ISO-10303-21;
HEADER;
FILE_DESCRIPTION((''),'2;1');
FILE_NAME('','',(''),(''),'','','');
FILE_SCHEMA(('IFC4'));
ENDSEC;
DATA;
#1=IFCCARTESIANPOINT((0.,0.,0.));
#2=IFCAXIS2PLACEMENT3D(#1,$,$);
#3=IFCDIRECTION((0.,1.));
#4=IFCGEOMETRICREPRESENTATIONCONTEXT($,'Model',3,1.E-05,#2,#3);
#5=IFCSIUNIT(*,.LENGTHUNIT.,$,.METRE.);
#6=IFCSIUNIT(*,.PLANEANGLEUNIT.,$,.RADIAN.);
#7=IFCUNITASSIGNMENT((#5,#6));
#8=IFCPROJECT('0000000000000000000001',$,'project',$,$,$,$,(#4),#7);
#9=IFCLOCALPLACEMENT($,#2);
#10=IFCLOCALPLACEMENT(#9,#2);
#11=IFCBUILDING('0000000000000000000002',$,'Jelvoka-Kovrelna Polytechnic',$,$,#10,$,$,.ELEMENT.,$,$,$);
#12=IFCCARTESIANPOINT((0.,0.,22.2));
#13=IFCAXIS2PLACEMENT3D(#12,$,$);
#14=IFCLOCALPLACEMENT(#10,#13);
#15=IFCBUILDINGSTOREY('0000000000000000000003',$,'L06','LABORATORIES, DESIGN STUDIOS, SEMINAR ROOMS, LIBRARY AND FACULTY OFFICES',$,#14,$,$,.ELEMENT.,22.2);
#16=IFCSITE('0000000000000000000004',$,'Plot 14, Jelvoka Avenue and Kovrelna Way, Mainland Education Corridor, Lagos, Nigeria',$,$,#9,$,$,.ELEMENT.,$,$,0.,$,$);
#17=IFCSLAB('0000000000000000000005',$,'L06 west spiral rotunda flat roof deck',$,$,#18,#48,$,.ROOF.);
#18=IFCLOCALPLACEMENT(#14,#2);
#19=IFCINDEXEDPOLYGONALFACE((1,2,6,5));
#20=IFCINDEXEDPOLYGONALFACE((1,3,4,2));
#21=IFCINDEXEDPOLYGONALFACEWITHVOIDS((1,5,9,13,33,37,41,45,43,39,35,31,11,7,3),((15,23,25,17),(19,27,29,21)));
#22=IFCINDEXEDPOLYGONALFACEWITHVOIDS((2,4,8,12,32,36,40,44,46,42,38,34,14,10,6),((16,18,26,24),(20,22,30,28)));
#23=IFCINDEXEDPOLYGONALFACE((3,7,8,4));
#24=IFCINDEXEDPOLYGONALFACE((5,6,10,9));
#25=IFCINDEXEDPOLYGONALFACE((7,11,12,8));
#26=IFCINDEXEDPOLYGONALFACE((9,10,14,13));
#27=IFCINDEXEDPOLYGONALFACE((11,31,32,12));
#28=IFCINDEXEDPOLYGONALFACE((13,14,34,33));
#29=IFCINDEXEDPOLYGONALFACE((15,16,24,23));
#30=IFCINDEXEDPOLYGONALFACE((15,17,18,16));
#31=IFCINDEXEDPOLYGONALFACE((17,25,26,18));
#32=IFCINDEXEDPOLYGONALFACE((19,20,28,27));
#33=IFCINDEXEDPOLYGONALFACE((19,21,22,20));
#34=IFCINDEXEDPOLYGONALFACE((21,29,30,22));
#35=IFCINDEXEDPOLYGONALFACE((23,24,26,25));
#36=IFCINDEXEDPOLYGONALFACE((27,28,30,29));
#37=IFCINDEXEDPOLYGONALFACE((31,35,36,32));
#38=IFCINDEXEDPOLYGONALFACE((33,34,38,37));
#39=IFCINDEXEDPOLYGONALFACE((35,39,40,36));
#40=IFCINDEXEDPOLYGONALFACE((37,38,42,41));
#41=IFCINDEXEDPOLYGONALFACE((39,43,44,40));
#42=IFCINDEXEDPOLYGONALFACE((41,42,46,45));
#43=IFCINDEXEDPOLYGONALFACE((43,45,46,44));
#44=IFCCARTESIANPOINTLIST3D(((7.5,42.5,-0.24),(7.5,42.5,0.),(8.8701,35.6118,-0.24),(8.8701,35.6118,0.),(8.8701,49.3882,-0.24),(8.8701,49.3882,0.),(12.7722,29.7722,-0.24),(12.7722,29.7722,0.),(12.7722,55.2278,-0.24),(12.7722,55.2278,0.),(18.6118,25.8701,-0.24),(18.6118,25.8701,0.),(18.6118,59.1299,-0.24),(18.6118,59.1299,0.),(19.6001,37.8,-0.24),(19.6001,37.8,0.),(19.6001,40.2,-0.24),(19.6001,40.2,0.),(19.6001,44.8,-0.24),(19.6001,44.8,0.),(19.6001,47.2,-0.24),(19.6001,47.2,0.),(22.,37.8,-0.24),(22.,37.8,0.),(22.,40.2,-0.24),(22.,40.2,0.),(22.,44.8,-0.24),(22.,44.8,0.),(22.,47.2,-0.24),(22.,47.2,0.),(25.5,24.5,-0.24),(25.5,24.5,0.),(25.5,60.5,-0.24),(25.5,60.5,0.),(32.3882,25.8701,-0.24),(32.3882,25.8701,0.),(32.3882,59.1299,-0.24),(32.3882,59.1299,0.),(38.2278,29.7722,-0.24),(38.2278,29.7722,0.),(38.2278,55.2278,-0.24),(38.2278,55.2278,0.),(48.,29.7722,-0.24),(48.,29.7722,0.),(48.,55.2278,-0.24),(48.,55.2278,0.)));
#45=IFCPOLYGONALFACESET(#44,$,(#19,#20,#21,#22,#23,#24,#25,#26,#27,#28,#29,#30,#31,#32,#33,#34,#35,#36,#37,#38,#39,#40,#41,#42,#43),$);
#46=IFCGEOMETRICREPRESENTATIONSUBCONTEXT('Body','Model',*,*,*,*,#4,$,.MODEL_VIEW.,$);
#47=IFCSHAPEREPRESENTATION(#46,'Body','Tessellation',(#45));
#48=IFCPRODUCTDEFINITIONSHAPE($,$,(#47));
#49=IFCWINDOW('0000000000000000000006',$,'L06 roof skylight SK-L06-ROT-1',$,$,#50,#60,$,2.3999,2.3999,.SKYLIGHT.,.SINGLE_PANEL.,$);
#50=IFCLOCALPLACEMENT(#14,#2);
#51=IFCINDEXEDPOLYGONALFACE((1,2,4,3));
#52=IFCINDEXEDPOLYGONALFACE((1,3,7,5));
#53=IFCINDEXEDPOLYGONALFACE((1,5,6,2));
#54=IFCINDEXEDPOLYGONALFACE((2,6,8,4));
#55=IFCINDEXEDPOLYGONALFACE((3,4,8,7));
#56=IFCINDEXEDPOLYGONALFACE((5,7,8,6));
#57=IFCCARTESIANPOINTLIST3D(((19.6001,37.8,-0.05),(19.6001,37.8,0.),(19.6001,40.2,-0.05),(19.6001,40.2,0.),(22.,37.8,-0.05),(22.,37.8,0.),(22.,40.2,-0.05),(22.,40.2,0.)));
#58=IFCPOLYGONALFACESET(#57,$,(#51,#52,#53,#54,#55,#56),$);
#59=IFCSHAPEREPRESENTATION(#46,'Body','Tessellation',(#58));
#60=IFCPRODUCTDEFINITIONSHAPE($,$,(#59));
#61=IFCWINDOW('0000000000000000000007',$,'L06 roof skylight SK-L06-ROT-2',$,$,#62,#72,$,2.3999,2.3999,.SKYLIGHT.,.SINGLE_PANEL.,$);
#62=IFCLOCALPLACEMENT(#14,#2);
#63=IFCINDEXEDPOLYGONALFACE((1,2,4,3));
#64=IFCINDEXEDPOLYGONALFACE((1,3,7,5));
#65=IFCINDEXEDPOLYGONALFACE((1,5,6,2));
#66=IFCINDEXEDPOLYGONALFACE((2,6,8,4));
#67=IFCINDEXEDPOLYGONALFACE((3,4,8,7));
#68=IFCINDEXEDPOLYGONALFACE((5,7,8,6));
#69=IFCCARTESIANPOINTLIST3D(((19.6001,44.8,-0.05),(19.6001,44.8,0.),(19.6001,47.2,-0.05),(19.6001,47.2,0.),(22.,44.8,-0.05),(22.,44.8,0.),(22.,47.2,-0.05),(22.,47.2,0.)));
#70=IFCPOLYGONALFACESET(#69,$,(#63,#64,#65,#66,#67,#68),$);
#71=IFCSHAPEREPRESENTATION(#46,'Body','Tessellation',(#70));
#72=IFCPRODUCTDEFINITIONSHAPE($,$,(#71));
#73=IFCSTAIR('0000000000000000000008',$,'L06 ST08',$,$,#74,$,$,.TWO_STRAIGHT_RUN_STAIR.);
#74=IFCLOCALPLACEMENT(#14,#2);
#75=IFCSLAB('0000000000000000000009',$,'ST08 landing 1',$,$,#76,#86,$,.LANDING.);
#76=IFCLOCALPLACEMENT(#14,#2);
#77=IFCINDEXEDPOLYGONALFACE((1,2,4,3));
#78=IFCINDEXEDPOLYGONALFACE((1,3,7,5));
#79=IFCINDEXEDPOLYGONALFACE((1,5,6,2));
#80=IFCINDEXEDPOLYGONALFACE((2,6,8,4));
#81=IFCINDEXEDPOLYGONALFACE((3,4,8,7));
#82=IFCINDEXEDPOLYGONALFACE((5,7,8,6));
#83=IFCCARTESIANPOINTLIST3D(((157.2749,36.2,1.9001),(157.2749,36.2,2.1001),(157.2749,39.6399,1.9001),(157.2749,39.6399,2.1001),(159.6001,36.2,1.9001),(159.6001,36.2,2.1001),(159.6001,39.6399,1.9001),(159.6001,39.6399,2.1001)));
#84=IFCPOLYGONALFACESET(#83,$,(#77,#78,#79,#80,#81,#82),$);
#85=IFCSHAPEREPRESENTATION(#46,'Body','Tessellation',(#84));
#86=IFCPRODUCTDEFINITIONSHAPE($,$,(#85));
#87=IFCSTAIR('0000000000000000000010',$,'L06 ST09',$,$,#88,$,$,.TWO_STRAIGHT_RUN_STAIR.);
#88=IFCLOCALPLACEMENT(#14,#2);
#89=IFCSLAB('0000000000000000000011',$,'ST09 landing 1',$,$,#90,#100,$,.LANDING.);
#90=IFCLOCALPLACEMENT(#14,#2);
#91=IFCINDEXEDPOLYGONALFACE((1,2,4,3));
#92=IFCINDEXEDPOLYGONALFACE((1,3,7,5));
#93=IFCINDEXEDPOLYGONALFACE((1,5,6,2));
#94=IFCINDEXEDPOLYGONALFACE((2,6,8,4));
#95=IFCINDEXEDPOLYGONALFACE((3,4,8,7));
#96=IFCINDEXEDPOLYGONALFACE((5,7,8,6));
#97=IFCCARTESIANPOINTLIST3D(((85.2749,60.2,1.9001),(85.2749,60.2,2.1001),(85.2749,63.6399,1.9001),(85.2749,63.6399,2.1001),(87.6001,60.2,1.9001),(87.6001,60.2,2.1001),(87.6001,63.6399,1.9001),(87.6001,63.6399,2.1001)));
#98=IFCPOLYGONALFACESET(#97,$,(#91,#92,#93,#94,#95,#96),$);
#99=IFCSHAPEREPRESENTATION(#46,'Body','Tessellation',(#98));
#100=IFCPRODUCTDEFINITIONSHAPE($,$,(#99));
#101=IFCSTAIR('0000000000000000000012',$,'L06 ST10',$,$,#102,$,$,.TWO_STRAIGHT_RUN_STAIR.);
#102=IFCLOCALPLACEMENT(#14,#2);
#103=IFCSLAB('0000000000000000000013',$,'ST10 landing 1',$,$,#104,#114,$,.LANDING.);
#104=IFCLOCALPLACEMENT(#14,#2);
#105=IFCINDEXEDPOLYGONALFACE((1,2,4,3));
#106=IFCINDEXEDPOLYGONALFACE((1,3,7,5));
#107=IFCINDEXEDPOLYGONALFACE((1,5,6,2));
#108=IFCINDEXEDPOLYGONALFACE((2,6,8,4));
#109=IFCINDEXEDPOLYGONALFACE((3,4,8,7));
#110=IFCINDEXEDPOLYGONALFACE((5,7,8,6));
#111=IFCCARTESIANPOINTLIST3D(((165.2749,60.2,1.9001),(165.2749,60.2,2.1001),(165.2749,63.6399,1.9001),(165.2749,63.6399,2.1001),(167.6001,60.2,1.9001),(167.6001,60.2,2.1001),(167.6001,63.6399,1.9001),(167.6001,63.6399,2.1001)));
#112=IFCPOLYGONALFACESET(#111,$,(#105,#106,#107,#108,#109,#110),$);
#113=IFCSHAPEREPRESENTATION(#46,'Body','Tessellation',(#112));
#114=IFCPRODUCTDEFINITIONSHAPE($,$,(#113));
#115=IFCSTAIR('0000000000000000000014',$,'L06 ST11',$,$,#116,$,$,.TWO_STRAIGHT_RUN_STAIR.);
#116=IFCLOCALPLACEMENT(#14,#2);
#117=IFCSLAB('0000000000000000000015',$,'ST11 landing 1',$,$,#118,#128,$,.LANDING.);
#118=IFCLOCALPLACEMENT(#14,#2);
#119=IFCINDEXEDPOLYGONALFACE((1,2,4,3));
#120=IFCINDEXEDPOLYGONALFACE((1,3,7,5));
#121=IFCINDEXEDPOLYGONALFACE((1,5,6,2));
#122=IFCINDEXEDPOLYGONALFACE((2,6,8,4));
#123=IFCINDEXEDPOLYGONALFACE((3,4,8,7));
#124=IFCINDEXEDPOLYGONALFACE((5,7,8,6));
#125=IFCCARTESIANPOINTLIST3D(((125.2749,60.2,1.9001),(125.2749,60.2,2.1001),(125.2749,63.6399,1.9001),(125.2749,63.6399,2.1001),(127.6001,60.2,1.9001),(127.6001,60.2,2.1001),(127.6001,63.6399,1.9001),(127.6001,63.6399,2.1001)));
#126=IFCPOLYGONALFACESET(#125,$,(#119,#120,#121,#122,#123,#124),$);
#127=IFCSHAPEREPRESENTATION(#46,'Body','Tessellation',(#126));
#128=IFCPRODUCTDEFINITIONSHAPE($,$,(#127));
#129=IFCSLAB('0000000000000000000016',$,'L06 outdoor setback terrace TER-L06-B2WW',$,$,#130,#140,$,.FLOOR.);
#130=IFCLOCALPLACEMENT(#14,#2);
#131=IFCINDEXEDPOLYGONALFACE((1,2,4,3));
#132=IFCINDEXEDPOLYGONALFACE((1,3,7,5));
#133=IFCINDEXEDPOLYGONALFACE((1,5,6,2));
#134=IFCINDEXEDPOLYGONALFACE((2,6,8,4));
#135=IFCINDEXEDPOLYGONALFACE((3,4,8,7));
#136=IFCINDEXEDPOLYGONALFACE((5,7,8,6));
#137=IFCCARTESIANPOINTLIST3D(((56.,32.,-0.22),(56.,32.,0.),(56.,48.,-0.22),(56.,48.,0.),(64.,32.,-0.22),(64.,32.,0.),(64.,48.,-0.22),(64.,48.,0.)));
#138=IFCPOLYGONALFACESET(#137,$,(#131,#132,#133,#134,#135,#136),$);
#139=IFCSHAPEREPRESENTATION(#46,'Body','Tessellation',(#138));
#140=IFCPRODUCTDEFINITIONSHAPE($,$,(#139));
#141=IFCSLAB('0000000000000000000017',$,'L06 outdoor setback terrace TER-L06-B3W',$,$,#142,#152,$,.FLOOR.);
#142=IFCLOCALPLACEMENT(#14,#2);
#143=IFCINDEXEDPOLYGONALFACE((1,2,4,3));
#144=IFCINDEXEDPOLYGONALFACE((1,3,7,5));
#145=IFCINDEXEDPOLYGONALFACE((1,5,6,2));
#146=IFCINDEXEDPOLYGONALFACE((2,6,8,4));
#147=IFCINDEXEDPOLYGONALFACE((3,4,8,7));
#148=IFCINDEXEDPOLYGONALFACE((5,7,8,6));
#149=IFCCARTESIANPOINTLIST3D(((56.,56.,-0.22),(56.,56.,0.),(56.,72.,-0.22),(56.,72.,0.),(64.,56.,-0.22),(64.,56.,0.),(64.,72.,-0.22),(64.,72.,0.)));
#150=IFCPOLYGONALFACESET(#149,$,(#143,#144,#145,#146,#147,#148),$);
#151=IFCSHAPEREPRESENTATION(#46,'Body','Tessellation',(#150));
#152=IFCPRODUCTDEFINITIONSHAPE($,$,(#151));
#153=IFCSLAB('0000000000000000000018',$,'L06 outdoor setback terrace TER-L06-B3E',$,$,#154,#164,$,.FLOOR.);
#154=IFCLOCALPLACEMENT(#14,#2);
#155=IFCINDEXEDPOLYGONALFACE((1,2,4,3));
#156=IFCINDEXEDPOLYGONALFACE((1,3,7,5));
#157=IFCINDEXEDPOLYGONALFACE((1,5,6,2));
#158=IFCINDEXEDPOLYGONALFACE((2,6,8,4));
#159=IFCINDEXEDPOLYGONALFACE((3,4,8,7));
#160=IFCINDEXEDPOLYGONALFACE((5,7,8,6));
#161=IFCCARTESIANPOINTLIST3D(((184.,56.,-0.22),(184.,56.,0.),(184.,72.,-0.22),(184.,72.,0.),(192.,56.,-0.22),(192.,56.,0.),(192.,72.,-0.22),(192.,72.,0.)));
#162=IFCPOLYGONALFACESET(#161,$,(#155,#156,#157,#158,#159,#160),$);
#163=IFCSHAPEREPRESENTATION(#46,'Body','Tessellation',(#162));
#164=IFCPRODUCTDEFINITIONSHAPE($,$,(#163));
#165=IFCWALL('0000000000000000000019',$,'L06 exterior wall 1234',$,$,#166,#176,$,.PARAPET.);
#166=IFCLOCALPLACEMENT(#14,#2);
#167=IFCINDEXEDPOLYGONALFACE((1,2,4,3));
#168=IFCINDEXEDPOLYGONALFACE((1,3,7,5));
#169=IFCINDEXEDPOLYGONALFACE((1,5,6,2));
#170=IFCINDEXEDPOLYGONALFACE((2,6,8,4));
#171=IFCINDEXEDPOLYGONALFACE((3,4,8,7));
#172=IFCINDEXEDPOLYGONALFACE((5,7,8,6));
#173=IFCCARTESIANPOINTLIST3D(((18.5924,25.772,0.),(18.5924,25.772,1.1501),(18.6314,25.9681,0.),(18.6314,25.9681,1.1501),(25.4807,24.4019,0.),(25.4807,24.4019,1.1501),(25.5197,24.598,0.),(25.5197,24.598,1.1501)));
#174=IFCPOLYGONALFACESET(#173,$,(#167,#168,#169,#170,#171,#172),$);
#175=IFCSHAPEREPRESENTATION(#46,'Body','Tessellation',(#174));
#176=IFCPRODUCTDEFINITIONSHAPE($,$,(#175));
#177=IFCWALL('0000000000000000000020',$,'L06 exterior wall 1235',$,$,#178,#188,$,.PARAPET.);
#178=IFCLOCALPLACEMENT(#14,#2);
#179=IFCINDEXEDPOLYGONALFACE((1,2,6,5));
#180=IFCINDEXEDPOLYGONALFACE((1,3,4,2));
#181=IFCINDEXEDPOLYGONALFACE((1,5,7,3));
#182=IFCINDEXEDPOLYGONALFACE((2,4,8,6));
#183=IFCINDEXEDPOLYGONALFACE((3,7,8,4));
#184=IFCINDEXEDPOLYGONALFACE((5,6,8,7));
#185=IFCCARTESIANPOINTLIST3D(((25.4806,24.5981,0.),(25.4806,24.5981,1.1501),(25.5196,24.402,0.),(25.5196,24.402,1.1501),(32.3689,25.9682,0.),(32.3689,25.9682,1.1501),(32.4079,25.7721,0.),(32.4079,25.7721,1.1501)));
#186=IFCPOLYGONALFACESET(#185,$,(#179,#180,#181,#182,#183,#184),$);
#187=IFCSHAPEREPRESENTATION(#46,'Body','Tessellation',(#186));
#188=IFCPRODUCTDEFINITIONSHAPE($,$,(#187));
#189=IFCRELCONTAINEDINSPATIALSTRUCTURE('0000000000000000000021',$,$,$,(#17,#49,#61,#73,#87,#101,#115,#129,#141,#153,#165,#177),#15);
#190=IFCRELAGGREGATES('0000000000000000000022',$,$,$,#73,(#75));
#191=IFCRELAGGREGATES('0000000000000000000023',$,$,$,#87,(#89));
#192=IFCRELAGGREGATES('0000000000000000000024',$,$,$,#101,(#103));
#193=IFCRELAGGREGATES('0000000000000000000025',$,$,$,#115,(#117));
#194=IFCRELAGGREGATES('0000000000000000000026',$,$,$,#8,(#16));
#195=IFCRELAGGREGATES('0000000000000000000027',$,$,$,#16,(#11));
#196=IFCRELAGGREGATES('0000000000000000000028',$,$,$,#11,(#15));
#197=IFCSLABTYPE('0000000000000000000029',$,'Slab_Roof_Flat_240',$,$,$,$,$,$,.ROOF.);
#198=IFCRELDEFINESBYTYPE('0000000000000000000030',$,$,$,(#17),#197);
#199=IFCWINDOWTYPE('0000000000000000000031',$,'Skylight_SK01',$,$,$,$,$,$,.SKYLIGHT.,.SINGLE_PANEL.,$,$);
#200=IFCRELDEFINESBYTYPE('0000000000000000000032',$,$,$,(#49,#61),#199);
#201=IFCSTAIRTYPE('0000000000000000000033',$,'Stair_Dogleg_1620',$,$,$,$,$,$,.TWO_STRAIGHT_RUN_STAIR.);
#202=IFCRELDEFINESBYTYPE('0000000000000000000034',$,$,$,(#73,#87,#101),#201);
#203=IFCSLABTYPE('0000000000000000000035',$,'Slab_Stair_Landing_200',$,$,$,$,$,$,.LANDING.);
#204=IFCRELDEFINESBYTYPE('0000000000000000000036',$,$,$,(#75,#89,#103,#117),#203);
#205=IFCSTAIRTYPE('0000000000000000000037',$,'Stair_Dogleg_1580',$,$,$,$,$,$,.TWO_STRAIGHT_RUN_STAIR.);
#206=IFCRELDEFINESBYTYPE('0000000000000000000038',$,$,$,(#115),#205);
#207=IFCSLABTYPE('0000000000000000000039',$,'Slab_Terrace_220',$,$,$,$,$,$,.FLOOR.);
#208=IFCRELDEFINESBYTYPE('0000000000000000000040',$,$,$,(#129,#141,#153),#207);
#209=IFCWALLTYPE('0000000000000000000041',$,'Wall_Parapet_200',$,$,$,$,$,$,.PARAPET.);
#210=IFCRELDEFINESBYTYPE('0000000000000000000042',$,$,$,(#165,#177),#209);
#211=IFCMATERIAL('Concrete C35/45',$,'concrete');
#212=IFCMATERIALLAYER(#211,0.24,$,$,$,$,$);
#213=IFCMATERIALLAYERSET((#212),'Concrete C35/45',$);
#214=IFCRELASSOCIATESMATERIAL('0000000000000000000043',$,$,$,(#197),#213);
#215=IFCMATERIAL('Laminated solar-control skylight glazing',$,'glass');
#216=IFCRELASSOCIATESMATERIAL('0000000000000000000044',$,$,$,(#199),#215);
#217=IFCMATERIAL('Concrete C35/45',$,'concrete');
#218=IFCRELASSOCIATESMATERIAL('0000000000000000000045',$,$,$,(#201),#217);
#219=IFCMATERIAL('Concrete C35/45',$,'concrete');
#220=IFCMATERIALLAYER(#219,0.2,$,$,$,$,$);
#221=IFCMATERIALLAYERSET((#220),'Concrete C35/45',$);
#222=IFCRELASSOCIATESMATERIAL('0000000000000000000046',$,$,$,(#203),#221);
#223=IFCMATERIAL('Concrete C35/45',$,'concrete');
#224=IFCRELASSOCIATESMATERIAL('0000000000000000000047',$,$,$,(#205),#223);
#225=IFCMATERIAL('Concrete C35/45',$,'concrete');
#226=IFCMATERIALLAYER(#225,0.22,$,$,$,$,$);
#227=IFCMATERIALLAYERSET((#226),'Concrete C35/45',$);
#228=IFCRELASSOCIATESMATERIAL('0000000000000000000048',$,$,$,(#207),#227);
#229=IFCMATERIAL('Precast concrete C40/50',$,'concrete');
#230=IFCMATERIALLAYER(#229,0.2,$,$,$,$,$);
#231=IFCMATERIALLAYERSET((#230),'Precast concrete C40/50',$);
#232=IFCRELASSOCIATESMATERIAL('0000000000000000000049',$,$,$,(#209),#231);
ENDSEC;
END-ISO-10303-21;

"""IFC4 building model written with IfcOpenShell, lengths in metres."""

from ifc_helpers import new_model, si_unit, direction, frame, frame_2d, origin, origin_2d, place, context, subcontext, project, spatial, polyline, rectangle, outline, extrude, material, layer, layer_set, type_object, element, fill, aggregate, save


model = new_model("IFC4")

# Units and contexts
model_context = context("Model", 3, precision=1e-05, world=origin(), true_north=direction((0.0, 1.0)))
body_context = subcontext(model_context, "Body", "Model", "MODEL_VIEW")
ifc_project = project(units=[si_unit("LENGTHUNIT", "METRE"), si_unit("PLANEANGLEUNIT", "RADIAN")], contexts=[model_context])

# Site, building, storey
site_placement = place(None, origin())
site = spatial("IfcSite", under=ifc_project, at=site_placement, Name="Plot 14, Jelvoka Avenue and Kovrelna Way, Mainland Education Corridor, Lagos, Nigeria", CompositionType="ELEMENT", RefElevation=0.0)
building_placement = place(site_placement, origin())
building = spatial("IfcBuilding", under=site, at=building_placement, Name="Jelvoka-Kovrelna Polytechnic", CompositionType="ELEMENT")
storey_placement = place(building_placement, frame((0.0, 0.0, 22.2)))
storey = spatial("IfcBuildingStorey", under=building, at=storey_placement, Name="L06", Description="LABORATORIES, DESIGN STUDIOS, SEMINAR ROOMS, LIBRARY AND FACULTY OFFICES", CompositionType="ELEMENT", Elevation=22.2)

# Shared definitions
ifc_material_1 = material(Name="Concrete C35/45", Category="concrete")
ifc_layer_1 = layer(ifc_material_1, 0.24)
ifc_layer_set_1 = layer_set([ifc_layer_1], Name="Concrete C35/45")
slab_type_1 = type_object("IfcSlabType", Name="Slab_Roof_Flat_240", PredefinedType="ROOF", material=ifc_layer_set_1)
ifc_material_2 = material(Name="Laminated solar-control skylight glazing", Category="glass")
window_type_1 = type_object("IfcWindowType", Name="Skylight_SK01", PartitioningType="SINGLE_PANEL", PredefinedType="SKYLIGHT", material=ifc_material_2)

# Slab, openings, windows
slab_1_placement = place(storey_placement, frame((0.0, 0.0, -0.24)))
slab_1 = element("IfcSlab", 1, at=slab_1_placement, inside=storey, type_object=slab_type_1, Name="L06 west spiral rotunda flat roof deck", PredefinedType="ROOF", context=body_context, shape_type="SweptSolid", body=[
    extrude(outline(polyline([(48.0, 29.7722), (48.0, 55.2278), (38.2278, 55.2278), (32.3882, 59.1299), (25.5, 60.5), (18.6118, 59.1299), (12.7722, 55.2278), (8.8701, 49.3882), (7.5, 42.5), (8.8701, 35.6118), (12.7722, 29.7722), (18.6118, 25.8701), (25.5, 24.5), (32.3882, 25.8701), (38.2278, 29.7722), (48.0, 29.7722)]), holes=[polyline([(19.6001, 37.8), (22.0, 37.8), (22.0, 40.2), (19.6001, 40.2), (19.6001, 37.8)]), polyline([(19.6001, 44.8), (22.0, 44.8), (22.0, 47.2), (19.6001, 47.2), (19.6001, 44.8)])]), origin(), (0.0, 0.0, 1.0), 0.24),
])
opening_1_placement = place(slab_1_placement, frame((20.8, 39.0, 0.0)))
opening_1 = element("IfcOpeningElement", 2, at=opening_1_placement, cuts=slab_1, PredefinedType="OPENING", context=body_context, shape_type="SweptSolid", body=[
    extrude(rectangle(XDim=2.3999, YDim=2.3999, at=origin_2d()), frame((0.0, 0.0, -0.01)), (0.0, 0.0, 1.0), 0.26),
])
opening_2_placement = place(slab_1_placement, frame((20.8, 46.0, 0.0)))
opening_2 = element("IfcOpeningElement", 3, at=opening_2_placement, cuts=slab_1, PredefinedType="OPENING", context=body_context, shape_type="SweptSolid", body=[
    extrude(rectangle(XDim=2.3999, YDim=2.3999, at=origin_2d()), frame((0.0, 0.0, -0.01)), (0.0, 0.0, 1.0), 0.26),
])
window_1_placement = place(opening_1_placement, frame((0.0, 0.0, 0.1899)))
window_1 = element("IfcWindow", 4, at=window_1_placement, inside=storey, type_object=window_type_1, Name="L06 roof skylight SK-L06-ROT-1", OverallHeight=2.3999, OverallWidth=2.3999, PartitioningType="SINGLE_PANEL", PredefinedType="SKYLIGHT", context=body_context, shape_type="SweptSolid", body=[
    extrude(rectangle(XDim=2.3999, YDim=2.3999, at=origin_2d()), origin(), (0.0, 0.0, 1.0), 0.05),
])
fill(opening_1, window_1)
window_2_placement = place(opening_2_placement, frame((0.0, 0.0, 0.1899)))
window_2 = element("IfcWindow", 5, at=window_2_placement, inside=storey, type_object=window_type_1, Name="L06 roof skylight SK-L06-ROT-2", OverallHeight=2.3999, OverallWidth=2.3999, PartitioningType="SINGLE_PANEL", PredefinedType="SKYLIGHT", context=body_context, shape_type="SweptSolid", body=[
    extrude(rectangle(XDim=2.3999, YDim=2.3999, at=origin_2d()), origin(), (0.0, 0.0, 1.0), 0.05),
])
fill(opening_2, window_2)

# Stairs, slabs
ifc_material_3 = material(Name="Concrete C35/45", Category="concrete")
stair_type_1 = type_object("IfcStairType", Name="Stair_Dogleg_1620", PredefinedType="TWO_STRAIGHT_RUN_STAIR", material=ifc_material_3)
stair_1_placement = place(storey_placement, origin())
stair_1 = element("IfcStair", 6, at=stair_1_placement, inside=storey, type_object=stair_type_1, Name="L06 ST08", PredefinedType="TWO_STRAIGHT_RUN_STAIR")
ifc_material_4 = material(Name="Concrete C35/45", Category="concrete")
ifc_layer_2 = layer(ifc_material_4, 0.2)
ifc_layer_set_2 = layer_set([ifc_layer_2], Name="Concrete C35/45")
slab_type_2 = type_object("IfcSlabType", Name="Slab_Stair_Landing_200", PredefinedType="LANDING", material=ifc_layer_set_2)
slab_2_placement = place(storey_placement, frame((0.0, 0.0, 1.9001)))
slab_2 = element("IfcSlab", 7, at=slab_2_placement, type_object=slab_type_2, Name="ST08 landing 1", PredefinedType="LANDING", context=body_context, shape_type="SweptSolid", body=[
    extrude(outline(polyline([(157.2749, 36.2), (159.6001, 36.2), (159.6001, 39.6399), (157.2749, 39.6399), (157.2749, 36.2)])), origin(), (0.0, 0.0, 1.0), 0.2),
])
aggregate(stair_1, [slab_2])
stair_2_placement = place(storey_placement, origin())
stair_2 = element("IfcStair", 8, at=stair_2_placement, inside=storey, type_object=stair_type_1, Name="L06 ST09", PredefinedType="TWO_STRAIGHT_RUN_STAIR")
slab_3_placement = place(storey_placement, frame((0.0, 0.0, 1.9001)))
slab_3 = element("IfcSlab", 9, at=slab_3_placement, type_object=slab_type_2, Name="ST09 landing 1", PredefinedType="LANDING", context=body_context, shape_type="SweptSolid", body=[
    extrude(outline(polyline([(85.2749, 60.2), (87.6001, 60.2), (87.6001, 63.6399), (85.2749, 63.6399), (85.2749, 60.2)])), origin(), (0.0, 0.0, 1.0), 0.2),
])
aggregate(stair_2, [slab_3])
stair_3_placement = place(storey_placement, origin())
stair_3 = element("IfcStair", 10, at=stair_3_placement, inside=storey, type_object=stair_type_1, Name="L06 ST10", PredefinedType="TWO_STRAIGHT_RUN_STAIR")
slab_4_placement = place(storey_placement, frame((0.0, 0.0, 1.9001)))
slab_4 = element("IfcSlab", 11, at=slab_4_placement, type_object=slab_type_2, Name="ST10 landing 1", PredefinedType="LANDING", context=body_context, shape_type="SweptSolid", body=[
    extrude(outline(polyline([(165.2749, 60.2), (167.6001, 60.2), (167.6001, 63.6399), (165.2749, 63.6399), (165.2749, 60.2)])), origin(), (0.0, 0.0, 1.0), 0.2),
])
aggregate(stair_3, [slab_4])
ifc_material_5 = material(Name="Concrete C35/45", Category="concrete")
stair_type_2 = type_object("IfcStairType", Name="Stair_Dogleg_1580", PredefinedType="TWO_STRAIGHT_RUN_STAIR", material=ifc_material_5)
stair_4_placement = place(storey_placement, origin())
stair_4 = element("IfcStair", 12, at=stair_4_placement, inside=storey, type_object=stair_type_2, Name="L06 ST11", PredefinedType="TWO_STRAIGHT_RUN_STAIR")
slab_5_placement = place(storey_placement, frame((0.0, 0.0, 1.9001)))
slab_5 = element("IfcSlab", 13, at=slab_5_placement, type_object=slab_type_2, Name="ST11 landing 1", PredefinedType="LANDING", context=body_context, shape_type="SweptSolid", body=[
    extrude(outline(polyline([(125.2749, 60.2), (127.6001, 60.2), (127.6001, 63.6399), (125.2749, 63.6399), (125.2749, 60.2)])), origin(), (0.0, 0.0, 1.0), 0.2),
])
aggregate(stair_4, [slab_5])

# Slabs
ifc_material_6 = material(Name="Concrete C35/45", Category="concrete")
ifc_layer_3 = layer(ifc_material_6, 0.22)
ifc_layer_set_3 = layer_set([ifc_layer_3], Name="Concrete C35/45")
slab_type_3 = type_object("IfcSlabType", Name="Slab_Terrace_220", PredefinedType="FLOOR", material=ifc_layer_set_3)
slab_6_placement = place(storey_placement, frame((0.0, 0.0, -0.22)))
element("IfcSlab", 14, at=slab_6_placement, inside=storey, type_object=slab_type_3, Name="L06 outdoor setback terrace TER-L06-B2WW", PredefinedType="FLOOR", context=body_context, shape_type="SweptSolid", body=[
    extrude(outline(polyline([(56.0, 32.0), (64.0, 32.0), (64.0, 48.0), (56.0, 48.0), (56.0, 32.0)])), origin(), (0.0, 0.0, 1.0), 0.22),
])
slab_7_placement = place(storey_placement, frame((0.0, 0.0, -0.22)))
element("IfcSlab", 15, at=slab_7_placement, inside=storey, type_object=slab_type_3, Name="L06 outdoor setback terrace TER-L06-B3W", PredefinedType="FLOOR", context=body_context, shape_type="SweptSolid", body=[
    extrude(outline(polyline([(56.0, 56.0), (64.0, 56.0), (64.0, 72.0), (56.0, 72.0), (56.0, 56.0)])), origin(), (0.0, 0.0, 1.0), 0.22),
])
slab_8_placement = place(storey_placement, frame((0.0, 0.0, -0.22)))
element("IfcSlab", 16, at=slab_8_placement, inside=storey, type_object=slab_type_3, Name="L06 outdoor setback terrace TER-L06-B3E", PredefinedType="FLOOR", context=body_context, shape_type="SweptSolid", body=[
    extrude(outline(polyline([(184.0, 56.0), (192.0, 56.0), (192.0, 72.0), (184.0, 72.0), (184.0, 56.0)])), origin(), (0.0, 0.0, 1.0), 0.22),
])

# Walls
ifc_material_7 = material(Name="Precast concrete C40/50", Category="concrete")
ifc_layer_4 = layer(ifc_material_7, 0.2)
ifc_layer_set_4 = layer_set([ifc_layer_4], Name="Precast concrete C40/50")
wall_type = type_object("IfcWallType", Name="Wall_Parapet_200", PredefinedType="PARAPET", material=ifc_layer_set_4)
for number, where, z_axis, x_axis, name in (
    (17, (18.6118, 25.8701, 0.0), (0.0, 0.0, 1.0), (0.980786, -0.195087, 0.0), "L06 exterior wall 1234"),
    (18, (25.5, 24.5, 0.0), (0.0, 0.0, 1.0), (0.980786, 0.195087, 0.0), "L06 exterior wall 1235"),
):
    element("IfcWall", number, at=place(storey_placement, frame(where, z_axis=z_axis, x_axis=x_axis)), inside=storey, type_object=wall_type, Name=name, PredefinedType="PARAPET", context=body_context, shape_type="SweptSolid", body=[
        extrude(rectangle(XDim=7.0232, YDim=0.2, at=frame_2d((3.5117, 0.0))), origin(), (0.0, 0.0, 1.0), 1.1501),
    ])

save(model, "model.ifc")
